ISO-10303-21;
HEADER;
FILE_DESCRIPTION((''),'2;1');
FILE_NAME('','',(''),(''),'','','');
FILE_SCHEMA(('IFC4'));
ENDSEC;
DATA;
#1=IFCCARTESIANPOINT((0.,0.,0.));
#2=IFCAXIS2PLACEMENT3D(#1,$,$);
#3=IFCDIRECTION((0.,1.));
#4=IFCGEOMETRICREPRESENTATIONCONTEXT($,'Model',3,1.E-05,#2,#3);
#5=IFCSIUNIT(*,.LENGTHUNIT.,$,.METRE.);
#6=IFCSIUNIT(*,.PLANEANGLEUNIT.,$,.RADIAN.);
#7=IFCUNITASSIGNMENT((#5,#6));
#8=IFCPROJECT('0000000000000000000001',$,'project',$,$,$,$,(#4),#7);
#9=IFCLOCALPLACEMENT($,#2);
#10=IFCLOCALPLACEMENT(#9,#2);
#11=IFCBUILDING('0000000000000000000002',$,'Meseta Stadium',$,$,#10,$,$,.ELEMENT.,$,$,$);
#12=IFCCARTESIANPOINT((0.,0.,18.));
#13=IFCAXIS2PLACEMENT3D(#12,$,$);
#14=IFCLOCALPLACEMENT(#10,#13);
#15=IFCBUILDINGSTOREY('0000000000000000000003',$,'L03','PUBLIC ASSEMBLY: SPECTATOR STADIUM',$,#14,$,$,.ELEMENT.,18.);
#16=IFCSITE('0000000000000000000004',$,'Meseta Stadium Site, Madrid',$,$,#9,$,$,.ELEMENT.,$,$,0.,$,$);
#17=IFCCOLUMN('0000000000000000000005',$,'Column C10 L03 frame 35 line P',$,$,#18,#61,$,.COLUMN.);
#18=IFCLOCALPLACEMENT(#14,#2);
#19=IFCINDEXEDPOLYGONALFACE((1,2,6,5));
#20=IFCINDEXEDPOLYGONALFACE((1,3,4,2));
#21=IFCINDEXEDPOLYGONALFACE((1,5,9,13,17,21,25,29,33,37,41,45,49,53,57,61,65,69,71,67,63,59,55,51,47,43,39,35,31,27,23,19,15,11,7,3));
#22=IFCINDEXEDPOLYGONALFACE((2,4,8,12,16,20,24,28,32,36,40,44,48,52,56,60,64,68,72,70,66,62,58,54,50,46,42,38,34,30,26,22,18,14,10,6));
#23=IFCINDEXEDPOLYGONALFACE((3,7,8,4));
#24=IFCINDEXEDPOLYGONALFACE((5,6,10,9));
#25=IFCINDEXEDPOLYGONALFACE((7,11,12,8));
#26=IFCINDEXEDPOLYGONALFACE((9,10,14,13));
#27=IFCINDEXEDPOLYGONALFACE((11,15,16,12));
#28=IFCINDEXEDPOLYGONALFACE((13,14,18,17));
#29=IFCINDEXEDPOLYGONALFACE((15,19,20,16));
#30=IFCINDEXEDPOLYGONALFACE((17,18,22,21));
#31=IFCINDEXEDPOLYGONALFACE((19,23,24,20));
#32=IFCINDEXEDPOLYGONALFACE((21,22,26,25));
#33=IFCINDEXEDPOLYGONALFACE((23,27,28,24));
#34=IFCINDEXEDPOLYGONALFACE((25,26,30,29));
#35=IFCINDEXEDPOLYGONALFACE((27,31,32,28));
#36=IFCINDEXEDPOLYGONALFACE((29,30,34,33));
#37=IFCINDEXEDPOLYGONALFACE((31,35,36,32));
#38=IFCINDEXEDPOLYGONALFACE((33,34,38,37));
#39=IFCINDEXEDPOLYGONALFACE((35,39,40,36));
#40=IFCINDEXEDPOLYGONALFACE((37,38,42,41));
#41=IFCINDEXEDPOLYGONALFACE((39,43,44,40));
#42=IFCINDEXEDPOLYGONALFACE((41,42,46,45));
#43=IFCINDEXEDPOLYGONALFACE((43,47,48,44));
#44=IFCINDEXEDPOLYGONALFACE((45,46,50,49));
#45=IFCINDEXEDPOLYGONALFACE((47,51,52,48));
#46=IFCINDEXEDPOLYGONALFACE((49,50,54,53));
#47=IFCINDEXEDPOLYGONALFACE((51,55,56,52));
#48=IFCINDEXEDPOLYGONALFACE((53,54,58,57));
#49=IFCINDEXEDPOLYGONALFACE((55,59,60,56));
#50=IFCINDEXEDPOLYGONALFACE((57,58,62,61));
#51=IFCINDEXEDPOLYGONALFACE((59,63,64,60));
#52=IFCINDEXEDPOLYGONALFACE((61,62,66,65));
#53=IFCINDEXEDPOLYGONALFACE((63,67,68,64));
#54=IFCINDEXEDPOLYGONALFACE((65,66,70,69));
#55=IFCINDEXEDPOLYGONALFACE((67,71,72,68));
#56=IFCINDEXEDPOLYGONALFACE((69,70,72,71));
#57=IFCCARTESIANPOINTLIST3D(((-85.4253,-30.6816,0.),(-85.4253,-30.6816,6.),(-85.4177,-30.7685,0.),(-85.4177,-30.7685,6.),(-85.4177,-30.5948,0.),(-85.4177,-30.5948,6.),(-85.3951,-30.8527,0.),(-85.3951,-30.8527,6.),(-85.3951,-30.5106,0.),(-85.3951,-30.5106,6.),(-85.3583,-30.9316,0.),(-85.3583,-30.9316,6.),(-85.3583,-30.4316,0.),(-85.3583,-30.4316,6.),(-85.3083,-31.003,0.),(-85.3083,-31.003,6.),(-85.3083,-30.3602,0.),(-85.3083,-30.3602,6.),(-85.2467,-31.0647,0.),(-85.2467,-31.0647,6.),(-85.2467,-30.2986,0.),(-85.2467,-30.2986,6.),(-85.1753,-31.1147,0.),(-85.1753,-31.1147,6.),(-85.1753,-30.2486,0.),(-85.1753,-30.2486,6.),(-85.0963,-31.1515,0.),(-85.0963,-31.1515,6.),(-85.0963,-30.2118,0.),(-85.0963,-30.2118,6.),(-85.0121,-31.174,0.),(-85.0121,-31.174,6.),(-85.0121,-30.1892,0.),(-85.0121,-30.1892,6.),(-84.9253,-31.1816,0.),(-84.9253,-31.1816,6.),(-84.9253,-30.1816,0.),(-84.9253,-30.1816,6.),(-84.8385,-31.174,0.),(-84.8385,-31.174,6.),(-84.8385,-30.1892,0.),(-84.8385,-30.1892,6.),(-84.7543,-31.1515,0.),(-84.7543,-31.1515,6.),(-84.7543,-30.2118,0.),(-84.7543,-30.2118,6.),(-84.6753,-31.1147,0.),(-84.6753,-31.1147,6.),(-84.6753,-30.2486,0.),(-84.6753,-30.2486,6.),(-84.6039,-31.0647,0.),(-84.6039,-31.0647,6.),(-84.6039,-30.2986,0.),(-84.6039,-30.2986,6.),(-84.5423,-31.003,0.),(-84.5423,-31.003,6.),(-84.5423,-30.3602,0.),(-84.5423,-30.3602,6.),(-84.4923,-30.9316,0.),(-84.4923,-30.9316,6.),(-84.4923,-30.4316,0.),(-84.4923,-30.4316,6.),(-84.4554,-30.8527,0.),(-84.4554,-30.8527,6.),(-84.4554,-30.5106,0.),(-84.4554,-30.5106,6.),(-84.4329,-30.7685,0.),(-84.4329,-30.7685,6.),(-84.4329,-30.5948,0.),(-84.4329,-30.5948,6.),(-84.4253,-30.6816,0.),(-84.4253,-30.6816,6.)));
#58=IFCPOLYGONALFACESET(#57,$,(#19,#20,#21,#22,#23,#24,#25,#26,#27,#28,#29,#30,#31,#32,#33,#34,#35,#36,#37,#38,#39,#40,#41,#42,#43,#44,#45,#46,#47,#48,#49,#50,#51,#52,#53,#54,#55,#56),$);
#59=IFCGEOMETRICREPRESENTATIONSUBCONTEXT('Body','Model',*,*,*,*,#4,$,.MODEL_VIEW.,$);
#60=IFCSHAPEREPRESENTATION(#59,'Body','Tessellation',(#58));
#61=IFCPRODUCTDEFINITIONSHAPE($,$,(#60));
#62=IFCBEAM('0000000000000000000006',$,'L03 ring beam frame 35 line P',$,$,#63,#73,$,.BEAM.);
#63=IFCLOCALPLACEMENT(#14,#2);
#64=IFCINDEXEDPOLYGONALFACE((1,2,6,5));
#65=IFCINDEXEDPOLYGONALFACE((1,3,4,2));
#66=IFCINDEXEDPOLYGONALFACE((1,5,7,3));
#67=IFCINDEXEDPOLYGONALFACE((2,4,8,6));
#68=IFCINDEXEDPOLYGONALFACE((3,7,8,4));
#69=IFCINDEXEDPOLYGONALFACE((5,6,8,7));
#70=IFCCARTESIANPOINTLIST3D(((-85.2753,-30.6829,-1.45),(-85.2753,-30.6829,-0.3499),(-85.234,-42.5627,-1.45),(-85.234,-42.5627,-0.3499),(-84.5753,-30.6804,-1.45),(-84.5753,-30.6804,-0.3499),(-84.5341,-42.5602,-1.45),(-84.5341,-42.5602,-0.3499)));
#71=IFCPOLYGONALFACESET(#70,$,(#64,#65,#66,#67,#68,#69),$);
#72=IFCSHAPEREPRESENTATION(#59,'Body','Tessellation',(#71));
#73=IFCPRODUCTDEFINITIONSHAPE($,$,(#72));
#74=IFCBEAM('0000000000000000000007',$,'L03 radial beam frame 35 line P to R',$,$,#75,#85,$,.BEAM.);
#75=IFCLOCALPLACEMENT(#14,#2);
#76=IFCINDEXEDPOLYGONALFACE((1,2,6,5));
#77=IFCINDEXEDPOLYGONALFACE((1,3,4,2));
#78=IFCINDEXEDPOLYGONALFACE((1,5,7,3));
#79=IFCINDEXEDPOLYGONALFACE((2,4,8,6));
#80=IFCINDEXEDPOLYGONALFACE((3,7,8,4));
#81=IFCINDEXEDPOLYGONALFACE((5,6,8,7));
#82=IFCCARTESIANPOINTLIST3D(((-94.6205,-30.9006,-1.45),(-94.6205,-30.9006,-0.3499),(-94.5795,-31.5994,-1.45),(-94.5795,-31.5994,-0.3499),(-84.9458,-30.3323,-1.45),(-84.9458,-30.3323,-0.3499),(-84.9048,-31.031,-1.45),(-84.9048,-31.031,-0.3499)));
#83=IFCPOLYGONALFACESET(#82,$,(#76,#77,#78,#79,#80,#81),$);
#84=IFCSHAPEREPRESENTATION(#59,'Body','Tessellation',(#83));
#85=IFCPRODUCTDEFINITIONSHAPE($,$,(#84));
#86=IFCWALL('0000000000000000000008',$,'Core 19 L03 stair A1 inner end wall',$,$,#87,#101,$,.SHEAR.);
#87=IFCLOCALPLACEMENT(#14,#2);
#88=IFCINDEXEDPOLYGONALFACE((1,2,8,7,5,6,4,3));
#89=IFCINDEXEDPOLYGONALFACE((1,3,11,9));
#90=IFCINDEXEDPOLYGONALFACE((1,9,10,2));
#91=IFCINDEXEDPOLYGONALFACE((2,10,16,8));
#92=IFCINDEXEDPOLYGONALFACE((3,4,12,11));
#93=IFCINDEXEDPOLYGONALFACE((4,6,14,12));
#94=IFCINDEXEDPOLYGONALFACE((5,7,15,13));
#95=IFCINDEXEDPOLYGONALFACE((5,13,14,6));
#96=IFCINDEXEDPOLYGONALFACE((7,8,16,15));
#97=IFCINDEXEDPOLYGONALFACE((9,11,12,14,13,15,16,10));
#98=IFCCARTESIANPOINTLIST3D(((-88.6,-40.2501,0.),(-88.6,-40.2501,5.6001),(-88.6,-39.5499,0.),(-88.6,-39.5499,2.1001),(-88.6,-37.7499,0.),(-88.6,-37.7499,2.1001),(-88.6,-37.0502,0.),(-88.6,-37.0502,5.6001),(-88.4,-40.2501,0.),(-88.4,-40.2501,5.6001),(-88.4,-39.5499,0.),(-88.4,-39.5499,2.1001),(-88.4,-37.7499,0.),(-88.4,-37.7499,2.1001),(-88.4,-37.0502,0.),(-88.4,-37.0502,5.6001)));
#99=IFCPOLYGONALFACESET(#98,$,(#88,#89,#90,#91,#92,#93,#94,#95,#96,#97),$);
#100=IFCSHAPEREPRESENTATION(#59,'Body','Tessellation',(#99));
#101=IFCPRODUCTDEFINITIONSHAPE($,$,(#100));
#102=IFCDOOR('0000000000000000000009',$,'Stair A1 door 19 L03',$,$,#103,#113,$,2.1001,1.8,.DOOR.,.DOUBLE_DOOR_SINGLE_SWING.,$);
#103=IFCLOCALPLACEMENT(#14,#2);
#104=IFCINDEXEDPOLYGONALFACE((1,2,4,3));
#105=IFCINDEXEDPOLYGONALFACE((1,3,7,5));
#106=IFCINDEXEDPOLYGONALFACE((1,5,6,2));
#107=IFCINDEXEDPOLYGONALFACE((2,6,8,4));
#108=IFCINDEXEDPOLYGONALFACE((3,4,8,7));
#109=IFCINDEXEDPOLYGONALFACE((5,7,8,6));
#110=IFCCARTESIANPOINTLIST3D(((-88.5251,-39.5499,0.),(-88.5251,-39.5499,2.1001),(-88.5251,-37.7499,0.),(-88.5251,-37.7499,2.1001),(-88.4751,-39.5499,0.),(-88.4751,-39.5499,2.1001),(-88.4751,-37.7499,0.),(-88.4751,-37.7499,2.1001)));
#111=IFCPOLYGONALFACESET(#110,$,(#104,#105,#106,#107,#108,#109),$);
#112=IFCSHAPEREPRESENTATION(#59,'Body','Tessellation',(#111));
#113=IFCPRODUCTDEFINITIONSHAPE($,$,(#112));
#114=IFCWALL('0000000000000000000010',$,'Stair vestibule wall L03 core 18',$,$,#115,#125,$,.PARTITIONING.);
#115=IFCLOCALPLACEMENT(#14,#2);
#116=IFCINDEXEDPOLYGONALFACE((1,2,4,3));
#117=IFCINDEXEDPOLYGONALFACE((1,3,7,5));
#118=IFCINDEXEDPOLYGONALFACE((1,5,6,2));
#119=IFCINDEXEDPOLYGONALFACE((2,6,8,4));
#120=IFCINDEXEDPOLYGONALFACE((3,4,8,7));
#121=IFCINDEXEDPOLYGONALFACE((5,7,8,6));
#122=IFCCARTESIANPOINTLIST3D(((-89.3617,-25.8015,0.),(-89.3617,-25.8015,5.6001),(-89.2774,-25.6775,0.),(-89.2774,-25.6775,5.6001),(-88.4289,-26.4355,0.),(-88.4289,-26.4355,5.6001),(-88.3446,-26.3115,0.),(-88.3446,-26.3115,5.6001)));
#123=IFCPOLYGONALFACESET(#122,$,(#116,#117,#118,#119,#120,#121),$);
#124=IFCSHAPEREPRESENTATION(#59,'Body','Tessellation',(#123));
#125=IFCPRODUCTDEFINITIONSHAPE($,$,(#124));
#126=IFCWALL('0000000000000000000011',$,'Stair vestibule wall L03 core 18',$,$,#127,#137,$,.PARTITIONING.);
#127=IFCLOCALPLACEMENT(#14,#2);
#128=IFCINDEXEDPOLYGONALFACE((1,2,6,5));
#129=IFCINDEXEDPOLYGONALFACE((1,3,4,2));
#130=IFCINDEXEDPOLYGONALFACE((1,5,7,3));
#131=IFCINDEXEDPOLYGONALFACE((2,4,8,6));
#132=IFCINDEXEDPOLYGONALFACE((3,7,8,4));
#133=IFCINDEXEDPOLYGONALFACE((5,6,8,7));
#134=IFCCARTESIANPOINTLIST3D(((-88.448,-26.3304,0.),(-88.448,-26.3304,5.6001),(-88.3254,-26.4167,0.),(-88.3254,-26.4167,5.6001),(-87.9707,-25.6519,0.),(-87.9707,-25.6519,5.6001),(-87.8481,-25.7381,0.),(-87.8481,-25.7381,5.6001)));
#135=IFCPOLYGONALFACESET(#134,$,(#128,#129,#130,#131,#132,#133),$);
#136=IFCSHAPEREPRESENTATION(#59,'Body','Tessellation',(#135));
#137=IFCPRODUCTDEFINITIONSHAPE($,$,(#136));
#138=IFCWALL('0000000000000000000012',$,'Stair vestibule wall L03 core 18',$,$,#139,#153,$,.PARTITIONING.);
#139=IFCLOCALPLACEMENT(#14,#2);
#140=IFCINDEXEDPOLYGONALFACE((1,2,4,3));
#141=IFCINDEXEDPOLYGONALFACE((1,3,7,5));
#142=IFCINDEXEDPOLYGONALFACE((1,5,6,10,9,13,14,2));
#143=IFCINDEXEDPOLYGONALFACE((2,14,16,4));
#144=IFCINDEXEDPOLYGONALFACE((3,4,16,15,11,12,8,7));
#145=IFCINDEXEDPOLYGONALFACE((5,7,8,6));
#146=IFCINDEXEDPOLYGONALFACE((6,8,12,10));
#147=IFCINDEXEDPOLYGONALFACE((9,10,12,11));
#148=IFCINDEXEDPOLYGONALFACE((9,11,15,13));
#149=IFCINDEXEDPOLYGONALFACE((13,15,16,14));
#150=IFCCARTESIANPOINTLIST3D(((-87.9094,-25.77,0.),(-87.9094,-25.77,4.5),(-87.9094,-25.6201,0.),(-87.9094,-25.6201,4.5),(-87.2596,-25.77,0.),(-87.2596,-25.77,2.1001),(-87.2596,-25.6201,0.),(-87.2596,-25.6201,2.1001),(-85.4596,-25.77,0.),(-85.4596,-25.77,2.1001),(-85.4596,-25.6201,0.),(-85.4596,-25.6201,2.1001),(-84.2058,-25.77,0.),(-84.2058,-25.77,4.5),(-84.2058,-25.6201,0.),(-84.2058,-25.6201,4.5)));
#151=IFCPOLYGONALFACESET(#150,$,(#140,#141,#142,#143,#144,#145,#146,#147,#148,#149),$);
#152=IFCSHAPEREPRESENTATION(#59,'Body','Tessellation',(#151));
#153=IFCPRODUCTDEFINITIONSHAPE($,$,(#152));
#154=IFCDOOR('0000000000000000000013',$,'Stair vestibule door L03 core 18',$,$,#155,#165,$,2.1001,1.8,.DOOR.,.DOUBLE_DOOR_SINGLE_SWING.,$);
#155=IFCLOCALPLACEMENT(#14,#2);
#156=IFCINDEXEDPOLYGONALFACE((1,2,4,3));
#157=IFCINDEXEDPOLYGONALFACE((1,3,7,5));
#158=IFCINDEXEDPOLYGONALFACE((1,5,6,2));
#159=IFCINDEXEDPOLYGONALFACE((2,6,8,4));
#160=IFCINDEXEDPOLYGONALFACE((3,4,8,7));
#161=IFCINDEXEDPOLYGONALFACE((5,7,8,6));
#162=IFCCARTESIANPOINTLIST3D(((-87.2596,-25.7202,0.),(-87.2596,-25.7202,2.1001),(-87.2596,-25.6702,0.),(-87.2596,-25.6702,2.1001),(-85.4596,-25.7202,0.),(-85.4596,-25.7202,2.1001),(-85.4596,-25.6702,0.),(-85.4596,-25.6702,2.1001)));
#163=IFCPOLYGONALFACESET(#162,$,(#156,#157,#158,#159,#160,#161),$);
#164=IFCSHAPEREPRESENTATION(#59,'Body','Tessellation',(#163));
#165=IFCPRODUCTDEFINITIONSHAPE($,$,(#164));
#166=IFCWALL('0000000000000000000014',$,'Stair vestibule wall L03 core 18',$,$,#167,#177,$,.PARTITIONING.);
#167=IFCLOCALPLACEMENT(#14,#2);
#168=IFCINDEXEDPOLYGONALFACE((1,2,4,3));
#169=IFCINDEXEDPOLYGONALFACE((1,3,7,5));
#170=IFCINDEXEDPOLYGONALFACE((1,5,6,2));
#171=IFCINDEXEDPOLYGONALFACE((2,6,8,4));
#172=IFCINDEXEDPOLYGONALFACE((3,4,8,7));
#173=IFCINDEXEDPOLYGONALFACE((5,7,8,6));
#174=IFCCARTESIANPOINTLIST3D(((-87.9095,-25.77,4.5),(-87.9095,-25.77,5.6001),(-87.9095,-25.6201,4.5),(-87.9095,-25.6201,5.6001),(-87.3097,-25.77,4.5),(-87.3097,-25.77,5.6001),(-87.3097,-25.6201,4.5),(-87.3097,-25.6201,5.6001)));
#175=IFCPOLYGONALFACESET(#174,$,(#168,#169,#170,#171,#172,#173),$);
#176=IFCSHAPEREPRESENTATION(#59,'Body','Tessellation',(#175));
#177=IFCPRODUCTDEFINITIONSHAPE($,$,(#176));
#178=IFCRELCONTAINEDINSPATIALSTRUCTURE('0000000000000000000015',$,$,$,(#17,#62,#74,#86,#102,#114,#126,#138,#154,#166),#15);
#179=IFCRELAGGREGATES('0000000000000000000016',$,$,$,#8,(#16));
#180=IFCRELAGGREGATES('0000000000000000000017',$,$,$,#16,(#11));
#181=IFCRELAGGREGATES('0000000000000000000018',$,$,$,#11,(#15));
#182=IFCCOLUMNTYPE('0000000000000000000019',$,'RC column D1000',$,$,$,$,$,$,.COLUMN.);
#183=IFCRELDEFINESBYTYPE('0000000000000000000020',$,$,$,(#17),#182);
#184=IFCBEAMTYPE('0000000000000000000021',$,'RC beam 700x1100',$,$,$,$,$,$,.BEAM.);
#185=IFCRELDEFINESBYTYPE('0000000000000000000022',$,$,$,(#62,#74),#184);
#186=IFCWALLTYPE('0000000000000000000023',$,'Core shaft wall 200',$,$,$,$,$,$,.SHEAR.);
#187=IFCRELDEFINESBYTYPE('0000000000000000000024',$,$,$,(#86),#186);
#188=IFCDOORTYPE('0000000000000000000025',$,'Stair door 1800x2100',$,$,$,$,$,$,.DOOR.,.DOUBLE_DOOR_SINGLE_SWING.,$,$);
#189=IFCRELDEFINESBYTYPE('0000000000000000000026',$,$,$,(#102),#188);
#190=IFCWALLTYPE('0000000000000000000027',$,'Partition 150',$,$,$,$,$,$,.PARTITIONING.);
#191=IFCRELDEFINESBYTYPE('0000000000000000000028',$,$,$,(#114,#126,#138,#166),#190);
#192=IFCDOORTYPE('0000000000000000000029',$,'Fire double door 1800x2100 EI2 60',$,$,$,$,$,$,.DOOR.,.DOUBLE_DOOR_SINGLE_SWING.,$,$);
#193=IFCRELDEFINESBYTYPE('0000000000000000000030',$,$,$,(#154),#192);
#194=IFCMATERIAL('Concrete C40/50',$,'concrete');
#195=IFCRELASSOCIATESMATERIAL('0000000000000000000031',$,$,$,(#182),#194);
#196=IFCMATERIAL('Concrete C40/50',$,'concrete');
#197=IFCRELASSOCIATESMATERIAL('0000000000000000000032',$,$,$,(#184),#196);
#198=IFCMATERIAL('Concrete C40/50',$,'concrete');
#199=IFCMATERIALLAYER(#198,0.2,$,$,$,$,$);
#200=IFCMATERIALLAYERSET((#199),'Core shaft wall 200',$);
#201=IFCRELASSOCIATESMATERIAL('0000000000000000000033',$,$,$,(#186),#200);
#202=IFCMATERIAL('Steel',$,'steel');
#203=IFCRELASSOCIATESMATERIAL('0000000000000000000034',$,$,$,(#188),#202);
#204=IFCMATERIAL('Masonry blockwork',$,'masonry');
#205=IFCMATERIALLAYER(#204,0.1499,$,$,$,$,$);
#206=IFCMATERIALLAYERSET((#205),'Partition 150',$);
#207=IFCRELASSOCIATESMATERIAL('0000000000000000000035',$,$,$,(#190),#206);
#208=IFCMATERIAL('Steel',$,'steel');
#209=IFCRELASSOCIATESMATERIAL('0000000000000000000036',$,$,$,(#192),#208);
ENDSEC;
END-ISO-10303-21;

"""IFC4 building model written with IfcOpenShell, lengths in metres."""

from ifc_helpers import new_model, si_unit, direction, frame, frame_2d, origin, origin_2d, place, context, subcontext, project, spatial, rectangle, circle, extrude, material, layer, layer_set, material_profile, profile_set, type_object, element, fill, save


model = new_model("IFC4")

# Units and contexts
model_context = context("Model", 3, precision=1e-05, world=origin(), true_north=direction((0.0, 1.0)))
body_context = subcontext(model_context, "Body", "Model", "MODEL_VIEW")
ifc_project = project(units=[si_unit("LENGTHUNIT", "METRE"), si_unit("PLANEANGLEUNIT", "RADIAN")], contexts=[model_context])

# Site, building, storey
site_placement = place(None, origin())
site = spatial("IfcSite", under=ifc_project, at=site_placement, Name="Meseta Stadium Site, Madrid", CompositionType="ELEMENT", RefElevation=0.0)
building_placement = place(site_placement, origin())
building = spatial("IfcBuilding", under=site, at=building_placement, Name="Meseta Stadium", CompositionType="ELEMENT")
storey_placement = place(building_placement, frame((0.0, 0.0, 18.0)))
storey = spatial("IfcBuildingStorey", under=building, at=storey_placement, Name="L03", Description="PUBLIC ASSEMBLY: SPECTATOR STADIUM", CompositionType="ELEMENT", Elevation=18.0)

# Column
ifc_material_1 = material(Name="Concrete C40/50", Category="concrete")
ifc_material_profile_1 = material_profile(ifc_material_1, circle(Radius=0.5, at=origin_2d()), Name="RC D1000")
ifc_profile_set_1 = profile_set([ifc_material_profile_1], Name="Concrete C40/50")
column_type = type_object("IfcColumnType", Name="RC column D1000", PredefinedType="COLUMN", material=ifc_profile_set_1)
column_placement = place(storey_placement, frame((-84.9253, -30.6816, 0.0), z_axis=(0.0, 0.0, 1.0), x_axis=(1.0, 0.0, 0.0)))
element("IfcColumn", 1, at=column_placement, inside=storey, type_object=column_type, Name="Column C10 L03 frame 35 line P", PredefinedType="COLUMN", context=body_context, shape_type="SweptSolid", body=[
    extrude(circle(Radius=0.5, at=origin_2d()), origin(), (0.0, 0.0, 1.0), 6.0),
])

# Beams
ifc_material_2 = material(Name="Concrete C40/50", Category="concrete")
ifc_material_profile_2 = material_profile(ifc_material_2, rectangle(XDim=0.7, YDim=1.1001, at=origin_2d()), Name="RC 700x1100")
ifc_profile_set_2 = profile_set([ifc_material_profile_2], Name="Concrete C40/50")
beam_type = type_object("IfcBeamType", Name="RC beam 700x1100", PredefinedType="BEAM", material=ifc_profile_set_2)
beam_1_placement = place(storey_placement, frame((-84.9253, -30.6816, -0.8999), z_axis=(0.003473, -0.999994, 0.0), x_axis=(0.999994, 0.003473, 0.0)))
element("IfcBeam", 2, at=beam_1_placement, inside=storey, type_object=beam_type, Name="L03 ring beam frame 35 line P", PredefinedType="BEAM", context=body_context, shape_type="SweptSolid", body=[
    extrude(rectangle(XDim=0.7, YDim=1.1001, at=origin_2d()), origin(), (0.0, 0.0, 1.0), 11.8799),
])
beam_2_placement = place(storey_placement, frame((-84.9253, -30.6816, -0.8999), z_axis=(-0.998279, -0.058645, 0.0), x_axis=(0.058645, -0.998279, 0.0)))
element("IfcBeam", 3, at=beam_2_placement, inside=storey, type_object=beam_type, Name="L03 radial beam frame 35 line P to R", PredefinedType="BEAM", context=body_context, shape_type="SweptSolid", body=[
    extrude(rectangle(XDim=0.7, YDim=1.1001, at=origin_2d()), origin(), (0.0, 0.0, 1.0), 9.6914),
])

# Wall, opening, door
ifc_material_3 = material(Name="Concrete C40/50", Category="concrete")
ifc_layer_1 = layer(ifc_material_3, 0.2)
ifc_layer_set_1 = layer_set([ifc_layer_1], Name="Core shaft wall 200")
wall_type_1 = type_object("IfcWallType", Name="Core shaft wall 200", PredefinedType="SHEAR", material=ifc_layer_set_1)
wall_1_placement = place(storey_placement, frame((-88.5, -37.05, 0.0), z_axis=(0.0, 0.0, 1.0), x_axis=(0.0, -1.0, 0.0)))
wall_1 = element("IfcWall", 4, at=wall_1_placement, inside=storey, type_object=wall_type_1, Name="Core 19 L03 stair A1 inner end wall", PredefinedType="SHEAR", context=body_context, shape_type="SweptSolid", body=[
    extrude(rectangle(XDim=3.2, YDim=0.2, at=frame_2d((1.6001, 0.0))), origin(), (0.0, 0.0, 1.0), 5.6001),
])
opening_1_placement = place(wall_1_placement, frame((0.7, 0.0, 0.0)))
opening_1 = element("IfcOpeningElement", 5, at=opening_1_placement, cuts=wall_1, PredefinedType="OPENING", context=body_context, shape_type="SweptSolid", body=[
    extrude(rectangle(XDim=1.8, YDim=2.1001, at=frame_2d((0.8999, 1.05))), frame((0.0, 0.1099, 0.0), z_axis=(0.0, -1.0, 0.0), x_axis=(1.0, 0.0, 0.0)), (0.0, 0.0, 1.0), 0.22),
])
ifc_material_4 = material(Name="Steel", Category="steel")
door_type_1 = type_object("IfcDoorType", Name="Stair door 1800x2100", OperationType="DOUBLE_DOOR_SINGLE_SWING", PredefinedType="DOOR", material=ifc_material_4)
door_1_placement = place(opening_1_placement, origin())
door_1 = element("IfcDoor", 6, at=door_1_placement, inside=storey, type_object=door_type_1, Name="Stair A1 door 19 L03", OperationType="DOUBLE_DOOR_SINGLE_SWING", OverallHeight=2.1001, OverallWidth=1.8, PredefinedType="DOOR", context=body_context, shape_type="SweptSolid", body=[
    extrude(rectangle(XDim=1.8, YDim=2.1001, at=frame_2d((0.8999, 1.05))), frame((0.0, 0.0249, 0.0), z_axis=(0.0, -1.0, 0.0), x_axis=(1.0, 0.0, 0.0)), (0.0, 0.0, 1.0), 0.05),
])
fill(opening_1, door_1)

# Walls
ifc_material_5 = material(Name="Masonry blockwork", Category="masonry")
ifc_layer_2 = layer(ifc_material_5, 0.1499)
ifc_layer_set_2 = layer_set([ifc_layer_2], Name="Partition 150")
wall_type_2 = type_object("IfcWallType", Name="Partition 150", PredefinedType="PARTITIONING", material=ifc_layer_set_2)
wall_2_placement = place(storey_placement, frame((-89.3196, -25.7395, 0.0), z_axis=(0.0, 0.0, 1.0), x_axis=(0.827055, -0.562121, 0.0)))
element("IfcWall", 7, at=wall_2_placement, inside=storey, type_object=wall_type_2, Name="Stair vestibule wall L03 core 18", PredefinedType="PARTITIONING", context=body_context, shape_type="SweptSolid", body=[
    extrude(rectangle(XDim=1.1279, YDim=0.1499, at=frame_2d((0.564, 0.0))), origin(), (0.0, 0.0, 1.0), 5.6001),
])
wall_3_placement = place(storey_placement, frame((-88.3867, -26.3735, 0.0), z_axis=(0.0, 0.0, 1.0), x_axis=(0.575377, 0.817888, 0.0)))
element("IfcWall", 8, at=wall_3_placement, inside=storey, type_object=wall_type_2, Name="Stair vestibule wall L03 core 18", PredefinedType="PARTITIONING", context=body_context, shape_type="SweptSolid", body=[
    extrude(rectangle(XDim=0.8296, YDim=0.1499, at=frame_2d((0.4148, 0.0))), origin(), (0.0, 0.0, 1.0), 5.6001),
])

# Wall, opening, door
wall_4_placement = place(storey_placement, frame((-87.9094, -25.6951, 0.0), z_axis=(0.0, 0.0, 1.0), x_axis=(1.0, 0.0, 0.0)))
wall_4 = element("IfcWall", 9, at=wall_4_placement, inside=storey, type_object=wall_type_2, Name="Stair vestibule wall L03 core 18", PredefinedType="PARTITIONING", context=body_context, shape_type="SweptSolid", body=[
    extrude(rectangle(XDim=3.7036, YDim=0.1499, at=frame_2d((1.8518, 0.0))), origin(), (0.0, 0.0, 1.0), 4.5),
])
opening_2_placement = place(wall_4_placement, frame((0.6499, 0.0, 0.0)))
opening_2 = element("IfcOpeningElement", 10, at=opening_2_placement, cuts=wall_4, PredefinedType="OPENING", context=body_context, shape_type="SweptSolid", body=[
    extrude(rectangle(XDim=1.8, YDim=2.1001, at=frame_2d((0.8999, 1.05))), frame((0.0, 0.085, 0.0), z_axis=(0.0, -1.0, 0.0), x_axis=(1.0, 0.0, 0.0)), (0.0, 0.0, 1.0), 0.1699),
])
ifc_material_6 = material(Name="Steel", Category="steel")
door_type_2 = type_object("IfcDoorType", Name="Fire double door 1800x2100 EI2 60", OperationType="DOUBLE_DOOR_SINGLE_SWING", PredefinedType="DOOR", material=ifc_material_6)
door_2_placement = place(opening_2_placement, origin())
door_2 = element("IfcDoor", 11, at=door_2_placement, inside=storey, type_object=door_type_2, Name="Stair vestibule door L03 core 18", OperationType="DOUBLE_DOOR_SINGLE_SWING", OverallHeight=2.1001, OverallWidth=1.8, PredefinedType="DOOR", context=body_context, shape_type="SweptSolid", body=[
    extrude(rectangle(XDim=1.8, YDim=2.1001, at=frame_2d((0.8999, 1.05))), frame((0.0, 0.0249, 0.0), z_axis=(0.0, -1.0, 0.0), x_axis=(1.0, 0.0, 0.0)), (0.0, 0.0, 1.0), 0.05),
])
fill(opening_2, door_2)

# Wall
wall_5_placement = place(storey_placement, frame((-87.9094, -25.6951, 4.5), z_axis=(0.0, 0.0, 1.0), x_axis=(1.0, 0.0, 0.0)))
element("IfcWall", 12, at=wall_5_placement, inside=storey, type_object=wall_type_2, Name="Stair vestibule wall L03 core 18", PredefinedType="PARTITIONING", context=body_context, shape_type="SweptSolid", body=[
    extrude(rectangle(XDim=0.5999, YDim=0.1499, at=frame_2d((0.2998, 0.0))), origin(), (0.0, 0.0, 1.0), 1.1001),
])

save(model, "model.ifc")
